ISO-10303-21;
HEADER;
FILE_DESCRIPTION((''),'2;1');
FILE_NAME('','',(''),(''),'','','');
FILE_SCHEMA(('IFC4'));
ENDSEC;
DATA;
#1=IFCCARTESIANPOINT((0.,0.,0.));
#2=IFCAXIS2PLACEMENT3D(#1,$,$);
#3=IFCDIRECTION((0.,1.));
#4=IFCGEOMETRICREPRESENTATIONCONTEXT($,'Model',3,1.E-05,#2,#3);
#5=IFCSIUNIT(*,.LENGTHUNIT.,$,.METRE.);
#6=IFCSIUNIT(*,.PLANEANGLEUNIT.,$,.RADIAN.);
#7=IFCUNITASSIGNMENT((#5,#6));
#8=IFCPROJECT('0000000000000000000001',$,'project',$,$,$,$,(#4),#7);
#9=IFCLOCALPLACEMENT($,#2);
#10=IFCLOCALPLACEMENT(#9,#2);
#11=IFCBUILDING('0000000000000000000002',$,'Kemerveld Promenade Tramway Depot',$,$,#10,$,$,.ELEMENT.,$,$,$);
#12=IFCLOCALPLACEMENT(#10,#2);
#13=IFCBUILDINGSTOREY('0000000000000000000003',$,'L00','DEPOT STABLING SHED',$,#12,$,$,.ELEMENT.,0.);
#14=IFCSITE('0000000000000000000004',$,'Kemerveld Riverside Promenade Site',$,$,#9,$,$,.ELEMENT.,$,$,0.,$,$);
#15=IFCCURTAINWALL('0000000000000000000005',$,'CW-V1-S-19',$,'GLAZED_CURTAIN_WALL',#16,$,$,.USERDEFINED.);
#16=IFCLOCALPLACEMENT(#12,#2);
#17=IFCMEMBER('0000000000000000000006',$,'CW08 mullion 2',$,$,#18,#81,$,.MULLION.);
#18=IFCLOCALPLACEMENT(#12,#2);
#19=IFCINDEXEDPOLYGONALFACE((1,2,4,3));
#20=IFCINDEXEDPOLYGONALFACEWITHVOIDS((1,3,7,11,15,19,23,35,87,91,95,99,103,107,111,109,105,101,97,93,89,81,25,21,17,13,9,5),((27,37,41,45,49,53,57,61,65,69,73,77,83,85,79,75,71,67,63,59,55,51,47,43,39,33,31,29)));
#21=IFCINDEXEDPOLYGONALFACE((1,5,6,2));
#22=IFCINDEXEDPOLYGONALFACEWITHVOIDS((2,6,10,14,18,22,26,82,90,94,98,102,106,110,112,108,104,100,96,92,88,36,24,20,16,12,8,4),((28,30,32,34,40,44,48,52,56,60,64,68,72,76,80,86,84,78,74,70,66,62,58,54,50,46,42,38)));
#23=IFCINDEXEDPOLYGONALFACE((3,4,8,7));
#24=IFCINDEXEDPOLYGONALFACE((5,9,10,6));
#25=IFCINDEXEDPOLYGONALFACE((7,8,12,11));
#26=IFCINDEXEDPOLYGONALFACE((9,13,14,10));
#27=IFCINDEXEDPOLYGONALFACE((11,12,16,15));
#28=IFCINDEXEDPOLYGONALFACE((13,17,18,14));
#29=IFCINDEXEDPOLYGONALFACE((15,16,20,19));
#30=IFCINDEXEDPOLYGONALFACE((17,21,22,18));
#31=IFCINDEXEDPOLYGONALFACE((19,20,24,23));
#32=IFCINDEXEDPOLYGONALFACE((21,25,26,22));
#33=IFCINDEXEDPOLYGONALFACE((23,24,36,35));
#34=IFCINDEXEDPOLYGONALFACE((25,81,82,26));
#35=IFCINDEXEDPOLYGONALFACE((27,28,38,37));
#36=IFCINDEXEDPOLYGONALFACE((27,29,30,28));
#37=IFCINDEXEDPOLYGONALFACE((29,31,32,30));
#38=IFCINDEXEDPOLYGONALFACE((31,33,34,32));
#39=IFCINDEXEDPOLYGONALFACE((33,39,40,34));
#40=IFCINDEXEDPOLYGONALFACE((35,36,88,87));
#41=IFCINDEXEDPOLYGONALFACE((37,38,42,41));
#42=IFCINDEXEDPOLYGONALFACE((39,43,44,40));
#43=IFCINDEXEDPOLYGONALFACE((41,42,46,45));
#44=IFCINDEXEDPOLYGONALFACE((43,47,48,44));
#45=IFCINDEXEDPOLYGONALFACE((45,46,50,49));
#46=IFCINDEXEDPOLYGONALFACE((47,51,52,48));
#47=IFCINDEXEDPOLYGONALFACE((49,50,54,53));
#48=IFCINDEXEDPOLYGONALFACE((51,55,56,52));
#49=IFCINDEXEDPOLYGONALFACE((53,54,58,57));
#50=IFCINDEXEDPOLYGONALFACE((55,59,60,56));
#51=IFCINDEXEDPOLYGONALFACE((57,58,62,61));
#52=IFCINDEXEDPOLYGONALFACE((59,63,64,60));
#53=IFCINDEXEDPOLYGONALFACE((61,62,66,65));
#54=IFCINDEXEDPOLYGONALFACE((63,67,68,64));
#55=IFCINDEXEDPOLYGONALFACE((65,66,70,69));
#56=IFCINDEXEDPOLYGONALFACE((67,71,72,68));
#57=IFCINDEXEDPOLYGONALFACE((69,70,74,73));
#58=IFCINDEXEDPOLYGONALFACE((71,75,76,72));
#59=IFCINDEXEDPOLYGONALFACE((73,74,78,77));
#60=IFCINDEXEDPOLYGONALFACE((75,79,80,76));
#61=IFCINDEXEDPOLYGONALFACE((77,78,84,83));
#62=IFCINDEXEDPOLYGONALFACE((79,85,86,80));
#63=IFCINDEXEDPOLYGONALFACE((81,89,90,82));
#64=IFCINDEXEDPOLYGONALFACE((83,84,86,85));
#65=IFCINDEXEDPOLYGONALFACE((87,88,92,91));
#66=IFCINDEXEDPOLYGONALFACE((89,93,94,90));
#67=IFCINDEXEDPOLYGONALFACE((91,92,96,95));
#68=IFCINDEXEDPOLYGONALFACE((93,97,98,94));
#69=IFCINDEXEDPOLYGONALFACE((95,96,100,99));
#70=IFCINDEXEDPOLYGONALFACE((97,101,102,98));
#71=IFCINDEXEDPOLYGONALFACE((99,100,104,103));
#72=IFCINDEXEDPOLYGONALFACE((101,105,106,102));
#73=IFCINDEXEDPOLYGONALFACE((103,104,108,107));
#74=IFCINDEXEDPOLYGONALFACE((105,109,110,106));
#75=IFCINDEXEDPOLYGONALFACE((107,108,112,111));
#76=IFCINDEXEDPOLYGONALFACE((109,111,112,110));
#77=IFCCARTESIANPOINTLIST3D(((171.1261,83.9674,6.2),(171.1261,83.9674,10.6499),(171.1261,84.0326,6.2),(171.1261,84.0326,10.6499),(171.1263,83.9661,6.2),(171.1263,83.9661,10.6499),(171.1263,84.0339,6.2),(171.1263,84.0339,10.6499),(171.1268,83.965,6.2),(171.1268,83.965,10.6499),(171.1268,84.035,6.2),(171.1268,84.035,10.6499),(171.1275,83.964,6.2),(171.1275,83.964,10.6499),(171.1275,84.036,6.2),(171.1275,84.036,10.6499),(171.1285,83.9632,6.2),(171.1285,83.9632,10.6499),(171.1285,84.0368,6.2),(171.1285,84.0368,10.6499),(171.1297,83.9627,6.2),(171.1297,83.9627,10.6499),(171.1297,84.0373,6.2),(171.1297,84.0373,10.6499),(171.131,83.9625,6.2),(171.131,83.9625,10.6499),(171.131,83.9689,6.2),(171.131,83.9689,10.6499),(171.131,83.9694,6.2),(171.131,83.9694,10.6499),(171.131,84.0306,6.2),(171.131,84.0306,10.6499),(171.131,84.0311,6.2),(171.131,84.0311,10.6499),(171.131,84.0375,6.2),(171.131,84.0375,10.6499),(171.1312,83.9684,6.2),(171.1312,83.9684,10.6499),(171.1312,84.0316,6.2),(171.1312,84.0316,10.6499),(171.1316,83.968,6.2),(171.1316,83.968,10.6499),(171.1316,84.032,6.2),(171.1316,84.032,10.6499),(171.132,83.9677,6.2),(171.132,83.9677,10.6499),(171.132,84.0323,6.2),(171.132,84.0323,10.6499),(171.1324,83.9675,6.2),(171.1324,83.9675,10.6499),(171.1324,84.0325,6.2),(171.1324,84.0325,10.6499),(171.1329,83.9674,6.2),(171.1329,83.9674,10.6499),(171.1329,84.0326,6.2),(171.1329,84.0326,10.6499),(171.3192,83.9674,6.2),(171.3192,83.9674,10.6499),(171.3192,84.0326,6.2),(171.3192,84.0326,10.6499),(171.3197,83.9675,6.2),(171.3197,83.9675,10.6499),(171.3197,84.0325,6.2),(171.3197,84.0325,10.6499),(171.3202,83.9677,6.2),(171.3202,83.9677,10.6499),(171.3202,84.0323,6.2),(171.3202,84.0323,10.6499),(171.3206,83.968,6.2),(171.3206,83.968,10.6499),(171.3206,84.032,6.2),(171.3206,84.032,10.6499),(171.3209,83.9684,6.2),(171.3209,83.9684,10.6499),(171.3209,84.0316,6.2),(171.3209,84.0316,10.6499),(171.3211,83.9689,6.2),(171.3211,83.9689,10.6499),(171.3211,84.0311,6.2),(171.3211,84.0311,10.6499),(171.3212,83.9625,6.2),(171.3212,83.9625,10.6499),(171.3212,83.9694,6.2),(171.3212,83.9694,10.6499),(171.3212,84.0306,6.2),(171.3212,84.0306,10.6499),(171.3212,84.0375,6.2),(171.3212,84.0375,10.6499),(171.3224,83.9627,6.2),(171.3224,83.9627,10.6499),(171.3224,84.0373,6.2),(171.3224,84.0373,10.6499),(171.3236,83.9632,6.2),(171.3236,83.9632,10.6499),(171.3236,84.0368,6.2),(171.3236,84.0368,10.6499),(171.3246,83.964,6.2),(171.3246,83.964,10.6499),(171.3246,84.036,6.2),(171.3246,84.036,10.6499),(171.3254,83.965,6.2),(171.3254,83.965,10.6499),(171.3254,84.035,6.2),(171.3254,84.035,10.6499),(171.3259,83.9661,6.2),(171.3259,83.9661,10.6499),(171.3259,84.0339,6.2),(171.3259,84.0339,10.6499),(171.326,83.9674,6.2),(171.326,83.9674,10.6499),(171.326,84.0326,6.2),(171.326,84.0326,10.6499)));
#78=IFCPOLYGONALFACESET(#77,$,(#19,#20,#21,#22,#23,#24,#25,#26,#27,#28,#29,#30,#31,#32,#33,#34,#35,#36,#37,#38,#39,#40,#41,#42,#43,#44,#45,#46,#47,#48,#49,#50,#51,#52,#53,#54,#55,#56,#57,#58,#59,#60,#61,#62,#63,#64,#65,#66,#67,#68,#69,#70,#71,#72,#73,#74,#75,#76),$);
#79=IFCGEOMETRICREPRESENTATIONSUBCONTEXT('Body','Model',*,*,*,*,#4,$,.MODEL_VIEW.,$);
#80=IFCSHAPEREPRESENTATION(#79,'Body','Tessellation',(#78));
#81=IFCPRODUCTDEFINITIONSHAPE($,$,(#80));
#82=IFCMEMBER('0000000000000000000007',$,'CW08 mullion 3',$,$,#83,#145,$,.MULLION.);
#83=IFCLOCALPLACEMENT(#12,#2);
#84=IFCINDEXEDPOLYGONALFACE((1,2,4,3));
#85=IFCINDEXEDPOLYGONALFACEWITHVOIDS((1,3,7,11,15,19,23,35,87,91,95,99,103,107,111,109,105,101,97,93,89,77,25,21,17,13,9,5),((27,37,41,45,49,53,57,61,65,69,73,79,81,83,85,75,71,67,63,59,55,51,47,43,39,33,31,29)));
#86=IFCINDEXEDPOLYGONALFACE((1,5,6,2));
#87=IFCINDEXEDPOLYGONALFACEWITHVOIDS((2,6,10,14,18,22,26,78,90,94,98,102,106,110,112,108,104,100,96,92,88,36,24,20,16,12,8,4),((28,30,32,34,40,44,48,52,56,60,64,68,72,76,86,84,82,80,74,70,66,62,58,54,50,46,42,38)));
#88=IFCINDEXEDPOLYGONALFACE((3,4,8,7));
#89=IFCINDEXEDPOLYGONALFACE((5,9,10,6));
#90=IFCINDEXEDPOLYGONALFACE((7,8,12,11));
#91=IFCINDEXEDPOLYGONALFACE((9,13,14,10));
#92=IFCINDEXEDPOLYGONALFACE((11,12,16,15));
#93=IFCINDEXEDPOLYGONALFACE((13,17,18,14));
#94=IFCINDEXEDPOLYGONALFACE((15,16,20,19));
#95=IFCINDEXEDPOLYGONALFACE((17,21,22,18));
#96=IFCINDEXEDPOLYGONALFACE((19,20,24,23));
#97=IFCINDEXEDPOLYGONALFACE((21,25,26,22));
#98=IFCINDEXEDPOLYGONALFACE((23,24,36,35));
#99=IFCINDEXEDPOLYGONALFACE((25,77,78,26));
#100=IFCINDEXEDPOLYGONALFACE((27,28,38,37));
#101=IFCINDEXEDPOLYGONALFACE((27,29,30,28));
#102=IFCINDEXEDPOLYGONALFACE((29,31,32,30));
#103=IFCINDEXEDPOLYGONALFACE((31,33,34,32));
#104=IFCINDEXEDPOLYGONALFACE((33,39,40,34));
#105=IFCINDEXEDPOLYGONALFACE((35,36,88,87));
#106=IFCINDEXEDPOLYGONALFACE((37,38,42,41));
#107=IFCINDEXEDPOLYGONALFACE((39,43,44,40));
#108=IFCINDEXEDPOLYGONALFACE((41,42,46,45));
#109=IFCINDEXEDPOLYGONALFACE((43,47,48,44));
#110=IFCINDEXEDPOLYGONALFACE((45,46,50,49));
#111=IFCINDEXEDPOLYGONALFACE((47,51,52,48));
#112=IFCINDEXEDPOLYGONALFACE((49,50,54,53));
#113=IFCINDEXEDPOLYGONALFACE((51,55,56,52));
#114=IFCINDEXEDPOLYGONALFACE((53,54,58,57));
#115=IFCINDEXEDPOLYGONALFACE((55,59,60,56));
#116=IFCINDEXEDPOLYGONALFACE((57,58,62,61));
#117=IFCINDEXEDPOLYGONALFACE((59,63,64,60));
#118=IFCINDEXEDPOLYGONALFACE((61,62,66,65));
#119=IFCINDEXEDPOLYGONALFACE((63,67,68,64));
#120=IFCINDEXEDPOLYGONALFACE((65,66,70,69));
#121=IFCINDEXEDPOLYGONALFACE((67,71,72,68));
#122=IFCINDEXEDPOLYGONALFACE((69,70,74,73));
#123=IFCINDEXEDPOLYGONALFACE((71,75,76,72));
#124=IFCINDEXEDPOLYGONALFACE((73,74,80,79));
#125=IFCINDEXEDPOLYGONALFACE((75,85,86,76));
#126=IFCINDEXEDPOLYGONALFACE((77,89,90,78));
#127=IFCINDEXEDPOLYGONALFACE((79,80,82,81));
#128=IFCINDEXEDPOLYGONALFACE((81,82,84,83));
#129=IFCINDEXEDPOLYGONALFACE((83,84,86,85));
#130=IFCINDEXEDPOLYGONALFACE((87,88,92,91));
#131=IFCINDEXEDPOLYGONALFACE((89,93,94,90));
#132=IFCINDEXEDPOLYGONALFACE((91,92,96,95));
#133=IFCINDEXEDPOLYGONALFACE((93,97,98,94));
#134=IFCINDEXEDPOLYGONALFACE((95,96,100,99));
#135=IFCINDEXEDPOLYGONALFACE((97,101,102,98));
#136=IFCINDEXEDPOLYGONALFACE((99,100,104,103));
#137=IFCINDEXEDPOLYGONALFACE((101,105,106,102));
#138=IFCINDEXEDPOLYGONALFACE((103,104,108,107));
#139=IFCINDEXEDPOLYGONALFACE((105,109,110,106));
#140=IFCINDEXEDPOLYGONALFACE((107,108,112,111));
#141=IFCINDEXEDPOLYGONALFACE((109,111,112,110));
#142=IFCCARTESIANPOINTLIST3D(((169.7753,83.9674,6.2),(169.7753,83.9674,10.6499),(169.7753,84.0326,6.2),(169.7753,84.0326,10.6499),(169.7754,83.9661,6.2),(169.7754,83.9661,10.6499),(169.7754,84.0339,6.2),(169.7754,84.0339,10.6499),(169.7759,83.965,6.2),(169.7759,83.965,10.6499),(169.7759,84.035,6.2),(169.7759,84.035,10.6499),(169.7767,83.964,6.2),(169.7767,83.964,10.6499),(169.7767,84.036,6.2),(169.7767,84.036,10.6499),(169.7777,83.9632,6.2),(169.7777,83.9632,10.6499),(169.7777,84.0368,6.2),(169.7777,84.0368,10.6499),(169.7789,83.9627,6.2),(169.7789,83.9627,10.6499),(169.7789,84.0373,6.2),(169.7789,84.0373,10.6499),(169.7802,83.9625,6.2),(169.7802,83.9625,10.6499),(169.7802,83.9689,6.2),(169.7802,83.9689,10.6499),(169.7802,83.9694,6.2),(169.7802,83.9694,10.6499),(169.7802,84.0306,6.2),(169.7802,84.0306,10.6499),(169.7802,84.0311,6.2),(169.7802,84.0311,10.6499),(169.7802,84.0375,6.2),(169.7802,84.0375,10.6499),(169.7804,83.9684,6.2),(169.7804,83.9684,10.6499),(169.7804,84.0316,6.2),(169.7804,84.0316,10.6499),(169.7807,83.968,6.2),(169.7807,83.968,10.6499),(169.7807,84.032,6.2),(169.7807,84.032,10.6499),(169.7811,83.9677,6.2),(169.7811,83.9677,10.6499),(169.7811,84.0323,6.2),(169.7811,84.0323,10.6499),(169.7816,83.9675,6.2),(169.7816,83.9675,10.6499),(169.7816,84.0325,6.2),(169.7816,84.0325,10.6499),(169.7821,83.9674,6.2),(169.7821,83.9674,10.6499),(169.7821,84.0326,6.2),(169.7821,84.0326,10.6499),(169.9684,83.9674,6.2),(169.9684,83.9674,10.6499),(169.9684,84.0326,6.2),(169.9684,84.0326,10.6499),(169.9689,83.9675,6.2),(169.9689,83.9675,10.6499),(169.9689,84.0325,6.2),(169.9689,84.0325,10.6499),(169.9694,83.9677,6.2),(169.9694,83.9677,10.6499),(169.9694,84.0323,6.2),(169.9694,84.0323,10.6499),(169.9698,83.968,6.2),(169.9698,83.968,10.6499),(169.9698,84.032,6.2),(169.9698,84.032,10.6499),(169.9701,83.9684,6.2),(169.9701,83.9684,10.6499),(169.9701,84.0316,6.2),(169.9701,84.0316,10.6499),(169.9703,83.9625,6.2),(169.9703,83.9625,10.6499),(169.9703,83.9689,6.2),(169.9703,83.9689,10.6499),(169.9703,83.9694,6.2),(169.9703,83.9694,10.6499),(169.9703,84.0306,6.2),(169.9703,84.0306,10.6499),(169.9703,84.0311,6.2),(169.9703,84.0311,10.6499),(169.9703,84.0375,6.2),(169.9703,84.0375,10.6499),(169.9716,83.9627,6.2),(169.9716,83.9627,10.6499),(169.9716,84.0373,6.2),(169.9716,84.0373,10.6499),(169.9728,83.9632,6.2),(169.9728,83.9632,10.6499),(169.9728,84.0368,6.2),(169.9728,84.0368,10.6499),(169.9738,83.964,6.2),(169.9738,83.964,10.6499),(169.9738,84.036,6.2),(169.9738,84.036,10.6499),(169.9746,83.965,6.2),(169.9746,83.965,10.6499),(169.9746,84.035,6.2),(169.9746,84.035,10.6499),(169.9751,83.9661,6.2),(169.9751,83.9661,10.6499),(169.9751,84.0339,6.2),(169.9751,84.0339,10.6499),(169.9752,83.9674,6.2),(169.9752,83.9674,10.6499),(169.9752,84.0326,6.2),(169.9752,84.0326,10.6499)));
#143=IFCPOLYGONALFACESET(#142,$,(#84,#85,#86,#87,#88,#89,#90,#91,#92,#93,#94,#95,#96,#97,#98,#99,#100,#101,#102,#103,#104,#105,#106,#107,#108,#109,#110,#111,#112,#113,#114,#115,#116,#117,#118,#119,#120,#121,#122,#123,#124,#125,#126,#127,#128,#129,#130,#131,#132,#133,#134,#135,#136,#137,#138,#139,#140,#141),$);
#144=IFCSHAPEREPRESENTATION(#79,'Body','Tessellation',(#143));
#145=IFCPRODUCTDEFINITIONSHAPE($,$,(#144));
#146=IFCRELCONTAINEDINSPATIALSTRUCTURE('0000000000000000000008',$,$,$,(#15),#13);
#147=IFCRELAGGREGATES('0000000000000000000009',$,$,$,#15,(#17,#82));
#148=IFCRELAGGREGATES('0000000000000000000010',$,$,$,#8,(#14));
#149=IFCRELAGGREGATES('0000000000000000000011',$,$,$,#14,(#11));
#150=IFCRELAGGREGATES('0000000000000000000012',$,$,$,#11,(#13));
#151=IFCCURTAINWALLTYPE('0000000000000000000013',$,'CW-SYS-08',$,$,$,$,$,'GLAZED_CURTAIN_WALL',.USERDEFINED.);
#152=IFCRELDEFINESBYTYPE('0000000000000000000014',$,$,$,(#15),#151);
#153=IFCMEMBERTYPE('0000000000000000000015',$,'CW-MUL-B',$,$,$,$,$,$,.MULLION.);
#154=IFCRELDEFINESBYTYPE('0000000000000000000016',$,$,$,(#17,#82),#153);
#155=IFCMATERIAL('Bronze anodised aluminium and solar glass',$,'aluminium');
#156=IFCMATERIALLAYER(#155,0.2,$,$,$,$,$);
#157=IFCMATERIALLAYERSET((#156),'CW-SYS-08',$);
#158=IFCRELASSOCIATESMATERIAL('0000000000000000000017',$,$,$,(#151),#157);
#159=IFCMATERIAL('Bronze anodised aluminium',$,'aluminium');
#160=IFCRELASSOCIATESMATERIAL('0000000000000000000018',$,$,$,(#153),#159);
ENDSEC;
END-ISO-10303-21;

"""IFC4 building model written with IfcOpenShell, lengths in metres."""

from ifc_helpers import new_model, si_unit, direction, frame, origin, origin_2d, place, context, subcontext, project, spatial, hollow_rectangle, extrude, material, layer, layer_set, material_profile, profile_set, type_object, element, aggregate, save


model = new_model("IFC4")

# Units and contexts
model_context = context("Model", 3, precision=1e-05, world=origin(), true_north=direction((0.0, 1.0)))
body_context = subcontext(model_context, "Body", "Model", "MODEL_VIEW")
ifc_project = project(units=[si_unit("LENGTHUNIT", "METRE"), si_unit("PLANEANGLEUNIT", "RADIAN")], contexts=[model_context])

# Site, building, storey
site_placement = place(None, origin())
site = spatial("IfcSite", under=ifc_project, at=site_placement, Name="Kemerveld Riverside Promenade Site", CompositionType="ELEMENT", RefElevation=0.0)
building_placement = place(site_placement, origin())
building = spatial("IfcBuilding", under=site, at=building_placement, Name="Kemerveld Promenade Tramway Depot", CompositionType="ELEMENT")
storey_placement = place(building_placement, origin())
storey = spatial("IfcBuildingStorey", under=building, at=storey_placement, Name="L00", Description="DEPOT STABLING SHED", CompositionType="ELEMENT", Elevation=0.0)

# Curtain wall, members
ifc_material_1 = material(Name="Bronze anodised aluminium and solar glass", Category="aluminium")
ifc_material_2 = material(Name="Bronze anodised aluminium", Category="aluminium")
ifc_layer_1 = layer(ifc_material_1, 0.2)
ifc_layer_set_1 = layer_set([ifc_layer_1], Name="CW-SYS-08")
curtain_wall_type_1 = type_object("IfcCurtainWallType", Name="CW-SYS-08", ElementType="GLAZED_CURTAIN_WALL", PredefinedType="USERDEFINED", material=ifc_layer_set_1)
curtain_wall_1_placement = place(storey_placement, origin())
curtain_wall_1 = element("IfcCurtainWall", 1, at=curtain_wall_1_placement, inside=storey, type_object=curtain_wall_type_1, Name="CW-V1-S-19", ObjectType="GLAZED_CURTAIN_WALL", PredefinedType="USERDEFINED")
ifc_material_profile_1 = material_profile(ifc_material_2, hollow_rectangle(XDim=0.075, YDim=0.2, WallThickness=0.0049, InnerFilletRadius=0.002, OuterFilletRadius=0.0049, at=origin_2d()), Name="CW-MUL-200x75")
ifc_profile_set_1 = profile_set([ifc_material_profile_1], Name="Bronze anodised aluminium")
member_type_1 = type_object("IfcMemberType", Name="CW-MUL-B", PredefinedType="MULLION", material=ifc_profile_set_1)
member_1_placement = place(storey_placement, frame((171.2261, 84.0, 6.2), z_axis=(0.0, 0.0, 1.0), x_axis=(0.0, -1.0, 0.0)))
member_1 = element("IfcMember", 2, at=member_1_placement, type_object=member_type_1, Name="CW08 mullion 2", PredefinedType="MULLION", context=body_context, shape_type="SweptSolid", body=[
    extrude(hollow_rectangle(XDim=0.075, YDim=0.2, WallThickness=0.0049, InnerFilletRadius=0.002, OuterFilletRadius=0.0049, at=origin_2d()), origin(), (0.0, 0.0, 1.0), 4.45),
])
member_2_placement = place(storey_placement, frame((169.8752, 84.0, 6.2), z_axis=(0.0, 0.0, 1.0), x_axis=(0.0, -1.0, 0.0)))
member_2 = element("IfcMember", 3, at=member_2_placement, type_object=member_type_1, Name="CW08 mullion 3", PredefinedType="MULLION", context=body_context, shape_type="SweptSolid", body=[
    extrude(hollow_rectangle(XDim=0.075, YDim=0.2, WallThickness=0.0049, InnerFilletRadius=0.002, OuterFilletRadius=0.0049, at=origin_2d()), origin(), (0.0, 0.0, 1.0), 4.45),
])

aggregate(curtain_wall_1, [member_1, member_2])

save(model, "model.ifc")
